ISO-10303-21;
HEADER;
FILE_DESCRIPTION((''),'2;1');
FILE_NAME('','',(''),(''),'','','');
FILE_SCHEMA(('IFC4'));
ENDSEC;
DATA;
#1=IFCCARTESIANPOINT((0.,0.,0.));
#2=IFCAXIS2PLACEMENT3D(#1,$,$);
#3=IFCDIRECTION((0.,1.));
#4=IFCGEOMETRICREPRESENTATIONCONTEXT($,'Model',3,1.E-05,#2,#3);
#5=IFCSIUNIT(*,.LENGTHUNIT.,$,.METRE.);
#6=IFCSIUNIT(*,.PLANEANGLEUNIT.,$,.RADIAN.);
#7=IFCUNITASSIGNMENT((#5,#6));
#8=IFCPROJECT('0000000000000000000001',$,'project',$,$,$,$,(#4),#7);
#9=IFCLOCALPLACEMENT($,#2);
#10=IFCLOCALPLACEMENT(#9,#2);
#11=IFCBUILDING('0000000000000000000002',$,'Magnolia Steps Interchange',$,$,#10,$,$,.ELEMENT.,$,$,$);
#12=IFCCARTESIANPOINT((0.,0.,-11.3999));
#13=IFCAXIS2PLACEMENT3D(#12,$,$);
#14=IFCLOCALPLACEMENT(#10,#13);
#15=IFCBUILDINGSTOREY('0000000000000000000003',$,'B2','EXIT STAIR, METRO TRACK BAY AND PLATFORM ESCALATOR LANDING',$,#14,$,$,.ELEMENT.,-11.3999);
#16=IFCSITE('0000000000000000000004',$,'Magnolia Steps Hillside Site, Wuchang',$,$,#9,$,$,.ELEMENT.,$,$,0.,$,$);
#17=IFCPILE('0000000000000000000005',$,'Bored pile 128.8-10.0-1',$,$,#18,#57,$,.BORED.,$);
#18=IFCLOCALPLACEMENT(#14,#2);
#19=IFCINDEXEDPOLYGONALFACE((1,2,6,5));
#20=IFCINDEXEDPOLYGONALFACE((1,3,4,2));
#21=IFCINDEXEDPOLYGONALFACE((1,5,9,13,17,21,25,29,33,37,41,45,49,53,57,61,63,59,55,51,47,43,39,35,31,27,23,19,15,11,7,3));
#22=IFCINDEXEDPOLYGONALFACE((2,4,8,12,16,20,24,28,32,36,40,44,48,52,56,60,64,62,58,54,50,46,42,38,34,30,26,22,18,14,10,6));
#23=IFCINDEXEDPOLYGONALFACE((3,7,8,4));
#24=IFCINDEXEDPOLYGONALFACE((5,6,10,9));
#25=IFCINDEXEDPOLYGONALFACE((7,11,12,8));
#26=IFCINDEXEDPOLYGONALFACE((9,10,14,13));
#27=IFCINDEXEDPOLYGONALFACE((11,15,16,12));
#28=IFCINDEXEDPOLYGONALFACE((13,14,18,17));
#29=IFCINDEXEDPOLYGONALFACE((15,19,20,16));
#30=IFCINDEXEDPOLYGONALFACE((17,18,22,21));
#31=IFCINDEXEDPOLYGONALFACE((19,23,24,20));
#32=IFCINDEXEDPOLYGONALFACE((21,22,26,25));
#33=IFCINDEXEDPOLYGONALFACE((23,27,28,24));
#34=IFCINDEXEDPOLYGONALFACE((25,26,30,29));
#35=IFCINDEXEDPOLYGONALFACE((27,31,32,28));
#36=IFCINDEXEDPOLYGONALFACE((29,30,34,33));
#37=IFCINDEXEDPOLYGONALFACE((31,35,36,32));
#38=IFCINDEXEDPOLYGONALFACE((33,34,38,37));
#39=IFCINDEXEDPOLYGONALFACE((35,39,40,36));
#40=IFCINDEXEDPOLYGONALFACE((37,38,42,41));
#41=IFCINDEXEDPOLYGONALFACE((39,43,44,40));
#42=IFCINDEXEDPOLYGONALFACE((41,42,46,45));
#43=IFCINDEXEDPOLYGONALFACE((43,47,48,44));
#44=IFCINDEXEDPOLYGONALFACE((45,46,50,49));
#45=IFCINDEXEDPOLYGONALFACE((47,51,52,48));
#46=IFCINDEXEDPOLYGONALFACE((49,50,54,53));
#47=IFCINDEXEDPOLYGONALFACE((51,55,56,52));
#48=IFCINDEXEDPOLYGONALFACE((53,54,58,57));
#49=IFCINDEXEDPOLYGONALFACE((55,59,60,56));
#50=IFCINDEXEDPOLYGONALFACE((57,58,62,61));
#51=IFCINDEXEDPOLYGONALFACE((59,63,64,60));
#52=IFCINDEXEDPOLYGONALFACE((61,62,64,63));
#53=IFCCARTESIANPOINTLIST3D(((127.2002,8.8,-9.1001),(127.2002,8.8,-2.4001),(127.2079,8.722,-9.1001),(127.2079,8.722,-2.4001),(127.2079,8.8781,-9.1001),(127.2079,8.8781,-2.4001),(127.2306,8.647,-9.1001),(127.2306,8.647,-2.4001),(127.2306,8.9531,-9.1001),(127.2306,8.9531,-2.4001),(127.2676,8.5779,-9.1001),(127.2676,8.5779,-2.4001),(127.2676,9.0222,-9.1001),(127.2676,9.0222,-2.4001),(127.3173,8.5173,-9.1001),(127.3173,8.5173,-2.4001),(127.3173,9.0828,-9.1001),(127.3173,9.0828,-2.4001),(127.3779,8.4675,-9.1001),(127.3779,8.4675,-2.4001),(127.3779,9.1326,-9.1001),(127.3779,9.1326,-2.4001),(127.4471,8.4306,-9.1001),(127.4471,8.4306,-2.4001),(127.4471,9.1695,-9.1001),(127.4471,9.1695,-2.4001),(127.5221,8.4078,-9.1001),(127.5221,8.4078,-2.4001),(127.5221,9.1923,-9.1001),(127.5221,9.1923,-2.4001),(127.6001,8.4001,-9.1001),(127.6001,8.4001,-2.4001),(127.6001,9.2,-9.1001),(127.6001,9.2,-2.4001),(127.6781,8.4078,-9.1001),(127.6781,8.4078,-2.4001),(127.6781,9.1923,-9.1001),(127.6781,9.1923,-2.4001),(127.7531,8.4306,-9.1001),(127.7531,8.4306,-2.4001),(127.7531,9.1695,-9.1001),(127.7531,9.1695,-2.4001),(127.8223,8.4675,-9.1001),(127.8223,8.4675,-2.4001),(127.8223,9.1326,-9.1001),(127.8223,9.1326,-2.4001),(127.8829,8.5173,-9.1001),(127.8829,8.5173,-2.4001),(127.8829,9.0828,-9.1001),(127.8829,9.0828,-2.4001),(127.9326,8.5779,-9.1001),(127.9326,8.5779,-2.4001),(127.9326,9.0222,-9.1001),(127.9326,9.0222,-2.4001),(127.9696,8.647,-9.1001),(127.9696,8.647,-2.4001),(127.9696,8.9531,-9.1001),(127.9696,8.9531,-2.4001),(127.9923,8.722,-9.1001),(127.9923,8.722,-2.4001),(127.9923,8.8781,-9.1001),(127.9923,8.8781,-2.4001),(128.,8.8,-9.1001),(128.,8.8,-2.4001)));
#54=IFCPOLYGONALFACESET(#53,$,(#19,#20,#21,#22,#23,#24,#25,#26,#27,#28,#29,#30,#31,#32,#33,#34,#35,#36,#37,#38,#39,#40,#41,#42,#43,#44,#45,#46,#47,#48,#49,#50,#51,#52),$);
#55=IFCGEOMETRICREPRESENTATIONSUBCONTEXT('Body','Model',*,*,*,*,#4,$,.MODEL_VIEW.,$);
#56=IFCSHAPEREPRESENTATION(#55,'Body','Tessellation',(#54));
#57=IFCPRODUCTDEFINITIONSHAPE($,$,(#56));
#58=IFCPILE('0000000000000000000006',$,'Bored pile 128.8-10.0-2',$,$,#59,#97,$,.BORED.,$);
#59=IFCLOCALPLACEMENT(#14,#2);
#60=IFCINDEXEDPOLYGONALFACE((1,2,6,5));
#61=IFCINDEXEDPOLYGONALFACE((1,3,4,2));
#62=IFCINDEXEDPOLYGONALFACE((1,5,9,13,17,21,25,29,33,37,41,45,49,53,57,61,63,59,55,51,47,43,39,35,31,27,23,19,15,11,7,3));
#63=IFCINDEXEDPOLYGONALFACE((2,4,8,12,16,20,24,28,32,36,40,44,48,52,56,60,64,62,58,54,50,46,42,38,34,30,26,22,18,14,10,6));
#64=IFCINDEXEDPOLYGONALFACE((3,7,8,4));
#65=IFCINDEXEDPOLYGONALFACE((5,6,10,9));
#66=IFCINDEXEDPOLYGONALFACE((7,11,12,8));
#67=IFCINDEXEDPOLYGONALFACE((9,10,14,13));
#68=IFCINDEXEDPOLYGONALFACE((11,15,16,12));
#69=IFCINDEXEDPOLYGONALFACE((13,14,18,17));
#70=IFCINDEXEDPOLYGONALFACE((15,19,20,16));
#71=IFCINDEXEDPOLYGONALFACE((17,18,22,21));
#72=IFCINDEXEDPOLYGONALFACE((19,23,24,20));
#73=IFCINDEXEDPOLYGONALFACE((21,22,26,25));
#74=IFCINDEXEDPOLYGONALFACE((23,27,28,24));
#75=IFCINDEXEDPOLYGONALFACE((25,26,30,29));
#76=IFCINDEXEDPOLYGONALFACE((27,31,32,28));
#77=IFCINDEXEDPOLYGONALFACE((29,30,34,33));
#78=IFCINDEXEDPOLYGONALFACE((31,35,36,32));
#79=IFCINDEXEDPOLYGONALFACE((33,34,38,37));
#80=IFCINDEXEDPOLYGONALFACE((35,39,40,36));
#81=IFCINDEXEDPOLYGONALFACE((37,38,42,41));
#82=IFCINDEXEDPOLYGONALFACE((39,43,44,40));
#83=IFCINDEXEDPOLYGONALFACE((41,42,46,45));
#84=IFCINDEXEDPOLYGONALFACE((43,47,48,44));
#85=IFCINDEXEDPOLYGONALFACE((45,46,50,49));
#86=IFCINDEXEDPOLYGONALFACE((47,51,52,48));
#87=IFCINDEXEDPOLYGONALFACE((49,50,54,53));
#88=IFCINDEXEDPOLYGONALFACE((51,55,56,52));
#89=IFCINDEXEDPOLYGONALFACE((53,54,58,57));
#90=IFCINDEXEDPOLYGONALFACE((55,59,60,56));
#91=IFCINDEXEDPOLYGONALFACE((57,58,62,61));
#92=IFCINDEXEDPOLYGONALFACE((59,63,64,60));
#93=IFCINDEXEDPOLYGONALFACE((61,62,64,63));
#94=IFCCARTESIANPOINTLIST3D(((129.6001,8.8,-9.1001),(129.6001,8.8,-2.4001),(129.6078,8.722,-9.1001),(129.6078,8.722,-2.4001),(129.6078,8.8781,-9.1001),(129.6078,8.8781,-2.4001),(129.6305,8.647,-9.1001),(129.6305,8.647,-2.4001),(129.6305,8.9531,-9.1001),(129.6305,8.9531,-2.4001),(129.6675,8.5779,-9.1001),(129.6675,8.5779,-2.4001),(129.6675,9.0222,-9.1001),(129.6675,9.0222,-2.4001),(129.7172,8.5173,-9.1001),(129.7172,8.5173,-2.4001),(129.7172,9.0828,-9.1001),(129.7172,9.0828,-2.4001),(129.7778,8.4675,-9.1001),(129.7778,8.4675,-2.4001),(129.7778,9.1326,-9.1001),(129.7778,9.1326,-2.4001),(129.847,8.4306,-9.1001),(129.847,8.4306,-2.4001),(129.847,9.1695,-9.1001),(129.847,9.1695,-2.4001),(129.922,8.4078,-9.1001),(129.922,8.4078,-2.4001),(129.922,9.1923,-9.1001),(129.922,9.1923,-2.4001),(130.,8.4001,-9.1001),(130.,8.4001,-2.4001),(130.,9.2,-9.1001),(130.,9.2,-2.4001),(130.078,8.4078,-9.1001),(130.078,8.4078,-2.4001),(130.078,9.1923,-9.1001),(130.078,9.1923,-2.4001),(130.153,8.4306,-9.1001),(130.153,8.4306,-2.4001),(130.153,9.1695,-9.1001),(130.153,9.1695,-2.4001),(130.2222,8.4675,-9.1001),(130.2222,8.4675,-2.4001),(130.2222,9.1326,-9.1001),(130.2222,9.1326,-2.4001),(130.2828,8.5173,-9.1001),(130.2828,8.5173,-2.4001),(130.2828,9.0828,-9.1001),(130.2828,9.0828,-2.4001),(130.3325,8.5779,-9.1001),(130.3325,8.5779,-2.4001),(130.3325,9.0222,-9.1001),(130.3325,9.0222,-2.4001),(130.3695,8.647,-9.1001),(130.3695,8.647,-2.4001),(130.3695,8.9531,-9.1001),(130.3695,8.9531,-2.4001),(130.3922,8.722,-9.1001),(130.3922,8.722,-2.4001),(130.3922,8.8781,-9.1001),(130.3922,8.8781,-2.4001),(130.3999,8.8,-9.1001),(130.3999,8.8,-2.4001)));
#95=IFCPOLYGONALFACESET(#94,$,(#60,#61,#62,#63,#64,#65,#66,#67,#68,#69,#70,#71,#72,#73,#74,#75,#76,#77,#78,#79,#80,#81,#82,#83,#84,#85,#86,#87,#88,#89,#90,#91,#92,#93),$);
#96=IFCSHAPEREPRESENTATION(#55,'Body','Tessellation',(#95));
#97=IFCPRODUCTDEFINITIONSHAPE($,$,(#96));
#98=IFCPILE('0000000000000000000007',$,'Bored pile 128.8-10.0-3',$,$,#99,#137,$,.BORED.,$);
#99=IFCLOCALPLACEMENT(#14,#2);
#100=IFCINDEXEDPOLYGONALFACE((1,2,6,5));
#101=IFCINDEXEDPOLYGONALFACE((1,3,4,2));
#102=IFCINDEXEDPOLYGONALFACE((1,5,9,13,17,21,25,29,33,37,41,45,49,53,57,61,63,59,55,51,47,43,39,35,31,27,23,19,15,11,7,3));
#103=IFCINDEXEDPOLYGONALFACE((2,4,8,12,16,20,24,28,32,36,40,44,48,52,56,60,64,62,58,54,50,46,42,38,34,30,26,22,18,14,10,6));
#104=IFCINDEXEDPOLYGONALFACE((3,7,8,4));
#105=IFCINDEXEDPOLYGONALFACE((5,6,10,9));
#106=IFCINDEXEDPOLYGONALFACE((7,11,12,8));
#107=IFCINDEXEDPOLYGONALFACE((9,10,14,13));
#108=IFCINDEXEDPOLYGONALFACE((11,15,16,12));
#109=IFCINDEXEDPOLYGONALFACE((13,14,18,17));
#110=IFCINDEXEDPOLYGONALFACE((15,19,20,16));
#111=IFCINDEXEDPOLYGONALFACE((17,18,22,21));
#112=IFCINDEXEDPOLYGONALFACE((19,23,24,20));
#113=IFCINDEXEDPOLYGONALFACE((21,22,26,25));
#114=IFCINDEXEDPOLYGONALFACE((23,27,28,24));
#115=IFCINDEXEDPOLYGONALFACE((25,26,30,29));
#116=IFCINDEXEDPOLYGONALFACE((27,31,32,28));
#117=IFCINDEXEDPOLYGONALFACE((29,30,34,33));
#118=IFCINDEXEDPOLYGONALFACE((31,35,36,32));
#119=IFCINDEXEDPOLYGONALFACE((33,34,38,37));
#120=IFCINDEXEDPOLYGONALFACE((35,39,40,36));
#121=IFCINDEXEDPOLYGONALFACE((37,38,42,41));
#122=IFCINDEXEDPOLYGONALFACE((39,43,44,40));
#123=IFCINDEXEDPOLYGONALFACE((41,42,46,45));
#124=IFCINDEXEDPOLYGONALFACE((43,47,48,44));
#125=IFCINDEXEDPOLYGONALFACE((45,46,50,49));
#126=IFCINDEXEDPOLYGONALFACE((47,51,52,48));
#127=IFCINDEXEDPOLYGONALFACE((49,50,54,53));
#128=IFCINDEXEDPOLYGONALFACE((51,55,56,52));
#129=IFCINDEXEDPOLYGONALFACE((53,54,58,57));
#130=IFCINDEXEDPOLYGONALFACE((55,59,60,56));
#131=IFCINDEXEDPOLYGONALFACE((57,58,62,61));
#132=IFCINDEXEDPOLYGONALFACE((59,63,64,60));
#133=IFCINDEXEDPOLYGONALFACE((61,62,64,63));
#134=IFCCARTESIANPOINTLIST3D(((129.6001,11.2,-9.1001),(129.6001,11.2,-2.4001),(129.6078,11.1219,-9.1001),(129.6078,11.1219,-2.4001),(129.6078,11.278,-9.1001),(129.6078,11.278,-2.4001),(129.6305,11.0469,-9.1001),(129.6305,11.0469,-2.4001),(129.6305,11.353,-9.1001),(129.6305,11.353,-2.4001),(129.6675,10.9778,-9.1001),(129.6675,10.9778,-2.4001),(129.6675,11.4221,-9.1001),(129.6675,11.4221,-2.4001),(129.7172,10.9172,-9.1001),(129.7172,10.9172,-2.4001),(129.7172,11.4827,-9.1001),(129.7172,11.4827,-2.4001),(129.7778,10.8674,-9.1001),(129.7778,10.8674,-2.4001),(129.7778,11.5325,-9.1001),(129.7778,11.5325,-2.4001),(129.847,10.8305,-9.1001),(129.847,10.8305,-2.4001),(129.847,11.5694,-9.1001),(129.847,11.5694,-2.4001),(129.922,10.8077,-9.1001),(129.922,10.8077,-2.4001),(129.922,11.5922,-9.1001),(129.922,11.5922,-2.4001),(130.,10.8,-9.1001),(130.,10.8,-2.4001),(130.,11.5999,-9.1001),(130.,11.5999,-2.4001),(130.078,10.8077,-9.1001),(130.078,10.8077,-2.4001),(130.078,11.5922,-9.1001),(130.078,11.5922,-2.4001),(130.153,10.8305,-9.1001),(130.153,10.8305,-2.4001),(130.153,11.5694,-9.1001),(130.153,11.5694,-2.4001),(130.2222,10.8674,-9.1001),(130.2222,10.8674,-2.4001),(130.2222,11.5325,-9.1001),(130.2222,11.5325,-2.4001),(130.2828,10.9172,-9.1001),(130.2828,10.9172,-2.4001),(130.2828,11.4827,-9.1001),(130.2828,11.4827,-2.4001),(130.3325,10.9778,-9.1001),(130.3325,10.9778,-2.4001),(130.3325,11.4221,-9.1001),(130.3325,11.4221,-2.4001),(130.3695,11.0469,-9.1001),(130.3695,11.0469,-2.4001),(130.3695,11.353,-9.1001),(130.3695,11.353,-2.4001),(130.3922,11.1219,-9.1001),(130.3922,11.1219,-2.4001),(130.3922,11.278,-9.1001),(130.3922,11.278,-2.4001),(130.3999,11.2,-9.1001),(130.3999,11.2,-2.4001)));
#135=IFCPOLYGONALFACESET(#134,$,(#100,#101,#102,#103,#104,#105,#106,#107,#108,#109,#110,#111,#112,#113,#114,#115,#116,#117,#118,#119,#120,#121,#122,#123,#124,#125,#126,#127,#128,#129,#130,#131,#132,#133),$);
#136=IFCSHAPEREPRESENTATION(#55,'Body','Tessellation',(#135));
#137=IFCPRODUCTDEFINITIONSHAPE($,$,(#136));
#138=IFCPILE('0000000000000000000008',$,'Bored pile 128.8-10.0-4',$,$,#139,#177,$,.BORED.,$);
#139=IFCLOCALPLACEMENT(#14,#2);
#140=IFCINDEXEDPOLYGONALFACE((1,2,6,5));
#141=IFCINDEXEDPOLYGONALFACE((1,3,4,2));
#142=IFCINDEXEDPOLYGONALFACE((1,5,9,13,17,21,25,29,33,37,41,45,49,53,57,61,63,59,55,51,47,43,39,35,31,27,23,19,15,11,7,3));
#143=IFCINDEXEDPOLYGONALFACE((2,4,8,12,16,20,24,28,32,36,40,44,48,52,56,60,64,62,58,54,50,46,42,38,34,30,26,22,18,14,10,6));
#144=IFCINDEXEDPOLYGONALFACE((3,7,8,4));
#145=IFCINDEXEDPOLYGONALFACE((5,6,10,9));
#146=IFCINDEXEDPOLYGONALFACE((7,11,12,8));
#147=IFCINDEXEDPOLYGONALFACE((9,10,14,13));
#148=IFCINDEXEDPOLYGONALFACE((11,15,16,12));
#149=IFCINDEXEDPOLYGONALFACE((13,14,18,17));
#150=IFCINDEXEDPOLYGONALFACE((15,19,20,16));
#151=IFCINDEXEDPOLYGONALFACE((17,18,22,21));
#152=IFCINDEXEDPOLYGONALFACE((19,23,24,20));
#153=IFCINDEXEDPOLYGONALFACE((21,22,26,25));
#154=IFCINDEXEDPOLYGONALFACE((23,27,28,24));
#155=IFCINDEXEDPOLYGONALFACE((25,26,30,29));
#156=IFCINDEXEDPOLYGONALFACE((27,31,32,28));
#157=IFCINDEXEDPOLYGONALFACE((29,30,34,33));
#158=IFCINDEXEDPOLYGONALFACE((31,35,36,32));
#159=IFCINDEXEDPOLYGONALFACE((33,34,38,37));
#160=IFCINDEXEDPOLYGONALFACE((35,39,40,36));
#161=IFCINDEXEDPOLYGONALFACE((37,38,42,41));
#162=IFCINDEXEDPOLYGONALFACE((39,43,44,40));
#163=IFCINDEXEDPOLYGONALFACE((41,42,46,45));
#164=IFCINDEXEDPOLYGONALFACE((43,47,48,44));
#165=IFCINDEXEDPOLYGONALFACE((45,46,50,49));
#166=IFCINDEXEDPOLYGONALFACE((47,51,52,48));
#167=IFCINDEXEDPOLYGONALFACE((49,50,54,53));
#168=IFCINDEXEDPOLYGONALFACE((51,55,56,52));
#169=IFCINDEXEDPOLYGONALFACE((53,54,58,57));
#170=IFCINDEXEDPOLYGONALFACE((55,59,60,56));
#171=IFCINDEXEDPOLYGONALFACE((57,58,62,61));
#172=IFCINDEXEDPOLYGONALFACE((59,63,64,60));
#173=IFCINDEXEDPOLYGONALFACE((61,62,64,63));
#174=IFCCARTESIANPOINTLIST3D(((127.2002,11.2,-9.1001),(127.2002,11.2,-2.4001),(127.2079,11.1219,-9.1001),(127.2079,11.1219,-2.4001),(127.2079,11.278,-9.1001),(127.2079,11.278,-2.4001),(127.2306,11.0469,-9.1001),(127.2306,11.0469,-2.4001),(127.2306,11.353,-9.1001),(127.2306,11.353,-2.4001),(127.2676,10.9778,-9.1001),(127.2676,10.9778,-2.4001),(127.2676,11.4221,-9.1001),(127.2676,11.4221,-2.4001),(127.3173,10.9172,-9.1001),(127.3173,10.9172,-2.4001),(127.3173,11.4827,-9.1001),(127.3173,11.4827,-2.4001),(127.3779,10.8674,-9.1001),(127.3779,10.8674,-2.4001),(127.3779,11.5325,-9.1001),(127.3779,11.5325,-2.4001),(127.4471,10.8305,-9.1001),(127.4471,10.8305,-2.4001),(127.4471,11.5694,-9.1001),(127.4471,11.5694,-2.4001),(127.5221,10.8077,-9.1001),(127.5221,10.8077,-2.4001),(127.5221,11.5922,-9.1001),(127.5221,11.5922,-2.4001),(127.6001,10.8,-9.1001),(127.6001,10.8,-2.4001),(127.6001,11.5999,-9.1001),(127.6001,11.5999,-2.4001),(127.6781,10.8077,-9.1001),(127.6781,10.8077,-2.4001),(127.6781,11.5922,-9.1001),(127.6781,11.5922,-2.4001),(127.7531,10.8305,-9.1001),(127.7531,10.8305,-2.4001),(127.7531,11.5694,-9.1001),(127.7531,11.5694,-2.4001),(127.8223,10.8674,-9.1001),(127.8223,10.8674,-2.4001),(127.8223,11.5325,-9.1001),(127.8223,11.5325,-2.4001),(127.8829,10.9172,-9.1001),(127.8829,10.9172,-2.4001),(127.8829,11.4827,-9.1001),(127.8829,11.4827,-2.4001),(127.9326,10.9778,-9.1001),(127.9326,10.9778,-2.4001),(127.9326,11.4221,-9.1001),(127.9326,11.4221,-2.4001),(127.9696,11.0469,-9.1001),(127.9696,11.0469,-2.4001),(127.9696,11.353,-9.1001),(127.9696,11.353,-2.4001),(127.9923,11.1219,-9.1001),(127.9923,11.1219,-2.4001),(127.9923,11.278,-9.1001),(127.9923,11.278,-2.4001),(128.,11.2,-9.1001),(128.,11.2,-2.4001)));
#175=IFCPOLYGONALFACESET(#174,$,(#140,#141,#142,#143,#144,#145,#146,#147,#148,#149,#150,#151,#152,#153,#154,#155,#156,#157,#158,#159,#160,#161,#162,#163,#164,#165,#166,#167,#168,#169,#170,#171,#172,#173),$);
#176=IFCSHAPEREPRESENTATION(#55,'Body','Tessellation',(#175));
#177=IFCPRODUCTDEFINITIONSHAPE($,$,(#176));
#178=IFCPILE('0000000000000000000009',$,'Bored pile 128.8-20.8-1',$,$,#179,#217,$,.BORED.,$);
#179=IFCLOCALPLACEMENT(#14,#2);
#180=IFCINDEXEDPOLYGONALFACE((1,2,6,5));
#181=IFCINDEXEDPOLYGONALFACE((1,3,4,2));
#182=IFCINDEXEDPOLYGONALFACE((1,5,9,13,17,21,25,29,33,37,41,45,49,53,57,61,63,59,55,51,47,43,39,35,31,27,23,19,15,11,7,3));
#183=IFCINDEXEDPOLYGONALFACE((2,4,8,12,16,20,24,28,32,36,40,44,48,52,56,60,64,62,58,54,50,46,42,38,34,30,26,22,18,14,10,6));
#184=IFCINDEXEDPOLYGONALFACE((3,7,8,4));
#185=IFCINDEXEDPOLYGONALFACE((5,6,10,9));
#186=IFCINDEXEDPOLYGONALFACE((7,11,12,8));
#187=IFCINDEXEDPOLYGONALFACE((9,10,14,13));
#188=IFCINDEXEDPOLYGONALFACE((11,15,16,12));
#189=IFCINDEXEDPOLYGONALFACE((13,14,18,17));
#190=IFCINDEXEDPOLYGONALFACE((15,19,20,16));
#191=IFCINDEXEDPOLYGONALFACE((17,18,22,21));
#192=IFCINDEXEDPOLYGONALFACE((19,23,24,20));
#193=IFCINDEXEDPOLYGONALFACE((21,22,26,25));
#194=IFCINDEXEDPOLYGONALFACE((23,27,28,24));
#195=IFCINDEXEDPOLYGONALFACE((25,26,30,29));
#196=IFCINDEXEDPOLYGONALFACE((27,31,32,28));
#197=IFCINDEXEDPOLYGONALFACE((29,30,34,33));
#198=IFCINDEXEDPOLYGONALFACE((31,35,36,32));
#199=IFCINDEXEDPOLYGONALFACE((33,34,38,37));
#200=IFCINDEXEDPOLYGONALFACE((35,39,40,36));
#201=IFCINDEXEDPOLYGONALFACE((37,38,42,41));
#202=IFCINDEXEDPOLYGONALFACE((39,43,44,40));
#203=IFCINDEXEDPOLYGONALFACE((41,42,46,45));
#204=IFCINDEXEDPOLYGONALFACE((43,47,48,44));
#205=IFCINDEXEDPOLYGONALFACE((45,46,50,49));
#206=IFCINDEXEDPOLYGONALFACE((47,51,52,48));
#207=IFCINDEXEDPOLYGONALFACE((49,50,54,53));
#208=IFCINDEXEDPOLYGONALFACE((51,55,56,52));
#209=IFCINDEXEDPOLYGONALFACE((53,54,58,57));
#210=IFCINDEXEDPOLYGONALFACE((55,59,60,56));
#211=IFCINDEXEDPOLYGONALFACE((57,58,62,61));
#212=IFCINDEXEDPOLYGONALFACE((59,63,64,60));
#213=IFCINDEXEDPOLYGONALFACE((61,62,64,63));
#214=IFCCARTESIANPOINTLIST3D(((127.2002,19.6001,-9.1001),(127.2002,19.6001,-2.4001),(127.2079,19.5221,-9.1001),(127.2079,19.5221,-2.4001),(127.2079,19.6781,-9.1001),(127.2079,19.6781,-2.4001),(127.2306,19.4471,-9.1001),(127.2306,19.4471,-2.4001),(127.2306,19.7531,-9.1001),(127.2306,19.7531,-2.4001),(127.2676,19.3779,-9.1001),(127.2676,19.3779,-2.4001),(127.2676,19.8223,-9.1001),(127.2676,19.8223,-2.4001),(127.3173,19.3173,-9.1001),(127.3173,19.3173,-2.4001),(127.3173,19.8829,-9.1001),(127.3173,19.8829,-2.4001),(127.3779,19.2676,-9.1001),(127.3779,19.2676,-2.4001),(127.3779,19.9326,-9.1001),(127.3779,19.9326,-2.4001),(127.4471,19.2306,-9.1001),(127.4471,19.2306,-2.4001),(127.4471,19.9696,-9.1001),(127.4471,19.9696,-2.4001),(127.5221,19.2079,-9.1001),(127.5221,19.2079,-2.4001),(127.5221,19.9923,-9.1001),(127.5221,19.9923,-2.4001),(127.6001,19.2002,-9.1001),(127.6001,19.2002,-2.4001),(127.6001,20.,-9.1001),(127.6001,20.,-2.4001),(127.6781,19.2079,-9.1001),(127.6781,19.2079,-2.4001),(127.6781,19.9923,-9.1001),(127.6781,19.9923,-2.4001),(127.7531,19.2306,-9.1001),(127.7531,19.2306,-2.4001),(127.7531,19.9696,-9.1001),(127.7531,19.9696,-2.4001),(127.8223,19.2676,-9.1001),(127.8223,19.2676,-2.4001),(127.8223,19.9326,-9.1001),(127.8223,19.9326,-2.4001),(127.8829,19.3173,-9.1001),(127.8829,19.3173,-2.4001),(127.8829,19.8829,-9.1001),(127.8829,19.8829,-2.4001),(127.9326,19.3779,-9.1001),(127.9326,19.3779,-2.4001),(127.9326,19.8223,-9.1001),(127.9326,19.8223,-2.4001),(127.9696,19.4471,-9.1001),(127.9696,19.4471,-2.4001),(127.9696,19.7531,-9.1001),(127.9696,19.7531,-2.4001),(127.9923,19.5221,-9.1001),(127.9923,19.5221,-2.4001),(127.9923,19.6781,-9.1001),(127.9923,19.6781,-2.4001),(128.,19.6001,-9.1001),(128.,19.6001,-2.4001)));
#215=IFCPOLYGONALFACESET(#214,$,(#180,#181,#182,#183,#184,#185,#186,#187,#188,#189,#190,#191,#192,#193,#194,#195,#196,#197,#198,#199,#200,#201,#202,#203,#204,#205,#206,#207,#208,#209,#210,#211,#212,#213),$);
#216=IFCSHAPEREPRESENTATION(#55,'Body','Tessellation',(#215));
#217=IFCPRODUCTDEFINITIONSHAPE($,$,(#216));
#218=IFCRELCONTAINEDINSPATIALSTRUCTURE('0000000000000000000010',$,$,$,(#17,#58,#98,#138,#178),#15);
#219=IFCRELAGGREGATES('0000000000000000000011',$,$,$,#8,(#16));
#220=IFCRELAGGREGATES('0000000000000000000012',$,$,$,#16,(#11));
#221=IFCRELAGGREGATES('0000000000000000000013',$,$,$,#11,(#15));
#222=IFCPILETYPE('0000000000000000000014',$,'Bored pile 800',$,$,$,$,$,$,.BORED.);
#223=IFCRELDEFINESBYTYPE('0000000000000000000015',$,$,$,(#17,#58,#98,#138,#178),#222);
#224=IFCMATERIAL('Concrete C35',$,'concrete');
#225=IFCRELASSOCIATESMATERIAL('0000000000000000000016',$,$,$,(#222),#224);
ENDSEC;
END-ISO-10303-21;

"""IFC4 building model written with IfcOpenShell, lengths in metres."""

from ifc_helpers import new_model, si_unit, direction, frame, origin, origin_2d, place, context, subcontext, project, spatial, circle, extrude, material, material_profile, profile_set, type_object, element, save


model = new_model("IFC4")

# Units and contexts
model_context = context("Model", 3, precision=1e-05, world=origin(), true_north=direction((0.0, 1.0)))
body_context = subcontext(model_context, "Body", "Model", "MODEL_VIEW")
ifc_project = project(units=[si_unit("LENGTHUNIT", "METRE"), si_unit("PLANEANGLEUNIT", "RADIAN")], contexts=[model_context])

# Site, building, storey
site_placement = place(None, origin())
site = spatial("IfcSite", under=ifc_project, at=site_placement, Name="Magnolia Steps Hillside Site, Wuchang", CompositionType="ELEMENT", RefElevation=0.0)
building_placement = place(site_placement, origin())
building = spatial("IfcBuilding", under=site, at=building_placement, Name="Magnolia Steps Interchange", CompositionType="ELEMENT")
storey_placement = place(building_placement, frame((0.0, 0.0, -11.3999)))
storey = spatial("IfcBuildingStorey", under=building, at=storey_placement, Name="B2", Description="EXIT STAIR, METRO TRACK BAY AND PLATFORM ESCALATOR LANDING", CompositionType="ELEMENT", Elevation=-11.3999)

# Piles
ifc_material_1 = material(Name="Concrete C35", Category="concrete")
ifc_material_profile_1 = material_profile(ifc_material_1, circle(Radius=0.3999, at=origin_2d()), Name="Bored pile 800")
ifc_profile_set_1 = profile_set([ifc_material_profile_1], Name="Concrete C35")
pile_type = type_object("IfcPileType", Name="Bored pile 800", PredefinedType="BORED", material=ifc_profile_set_1)
for number, where, z_axis, x_axis, name in (
    (1, (127.6001, 8.8, -2.4001), (0.0, 0.0, -1.0), (1.0, 0.0, 0.0), "Bored pile 128.8-10.0-1"),
    (2, (130.0, 8.8, -2.4001), (0.0, 0.0, -1.0), (1.0, 0.0, 0.0), "Bored pile 128.8-10.0-2"),
    (3, (130.0, 11.2, -2.4001), (0.0, 0.0, -1.0), (1.0, 0.0, 0.0), "Bored pile 128.8-10.0-3"),
    (4, (127.6001, 11.2, -2.4001), (0.0, 0.0, -1.0), (1.0, 0.0, 0.0), "Bored pile 128.8-10.0-4"),
    (5, (127.6001, 19.6001, -2.4001), (0.0, 0.0, -1.0), (1.0, 0.0, 0.0), "Bored pile 128.8-20.8-1"),
):
    element("IfcPile", number, at=place(storey_placement, frame(where, z_axis=z_axis, x_axis=x_axis)), inside=storey, type_object=pile_type, Name=name, PredefinedType="BORED", context=body_context, shape_type="SweptSolid", body=[
        extrude(circle(Radius=0.3999, at=origin_2d()), origin(), (0.0, 0.0, 1.0), 6.7),
    ])

save(model, "model.ifc")
